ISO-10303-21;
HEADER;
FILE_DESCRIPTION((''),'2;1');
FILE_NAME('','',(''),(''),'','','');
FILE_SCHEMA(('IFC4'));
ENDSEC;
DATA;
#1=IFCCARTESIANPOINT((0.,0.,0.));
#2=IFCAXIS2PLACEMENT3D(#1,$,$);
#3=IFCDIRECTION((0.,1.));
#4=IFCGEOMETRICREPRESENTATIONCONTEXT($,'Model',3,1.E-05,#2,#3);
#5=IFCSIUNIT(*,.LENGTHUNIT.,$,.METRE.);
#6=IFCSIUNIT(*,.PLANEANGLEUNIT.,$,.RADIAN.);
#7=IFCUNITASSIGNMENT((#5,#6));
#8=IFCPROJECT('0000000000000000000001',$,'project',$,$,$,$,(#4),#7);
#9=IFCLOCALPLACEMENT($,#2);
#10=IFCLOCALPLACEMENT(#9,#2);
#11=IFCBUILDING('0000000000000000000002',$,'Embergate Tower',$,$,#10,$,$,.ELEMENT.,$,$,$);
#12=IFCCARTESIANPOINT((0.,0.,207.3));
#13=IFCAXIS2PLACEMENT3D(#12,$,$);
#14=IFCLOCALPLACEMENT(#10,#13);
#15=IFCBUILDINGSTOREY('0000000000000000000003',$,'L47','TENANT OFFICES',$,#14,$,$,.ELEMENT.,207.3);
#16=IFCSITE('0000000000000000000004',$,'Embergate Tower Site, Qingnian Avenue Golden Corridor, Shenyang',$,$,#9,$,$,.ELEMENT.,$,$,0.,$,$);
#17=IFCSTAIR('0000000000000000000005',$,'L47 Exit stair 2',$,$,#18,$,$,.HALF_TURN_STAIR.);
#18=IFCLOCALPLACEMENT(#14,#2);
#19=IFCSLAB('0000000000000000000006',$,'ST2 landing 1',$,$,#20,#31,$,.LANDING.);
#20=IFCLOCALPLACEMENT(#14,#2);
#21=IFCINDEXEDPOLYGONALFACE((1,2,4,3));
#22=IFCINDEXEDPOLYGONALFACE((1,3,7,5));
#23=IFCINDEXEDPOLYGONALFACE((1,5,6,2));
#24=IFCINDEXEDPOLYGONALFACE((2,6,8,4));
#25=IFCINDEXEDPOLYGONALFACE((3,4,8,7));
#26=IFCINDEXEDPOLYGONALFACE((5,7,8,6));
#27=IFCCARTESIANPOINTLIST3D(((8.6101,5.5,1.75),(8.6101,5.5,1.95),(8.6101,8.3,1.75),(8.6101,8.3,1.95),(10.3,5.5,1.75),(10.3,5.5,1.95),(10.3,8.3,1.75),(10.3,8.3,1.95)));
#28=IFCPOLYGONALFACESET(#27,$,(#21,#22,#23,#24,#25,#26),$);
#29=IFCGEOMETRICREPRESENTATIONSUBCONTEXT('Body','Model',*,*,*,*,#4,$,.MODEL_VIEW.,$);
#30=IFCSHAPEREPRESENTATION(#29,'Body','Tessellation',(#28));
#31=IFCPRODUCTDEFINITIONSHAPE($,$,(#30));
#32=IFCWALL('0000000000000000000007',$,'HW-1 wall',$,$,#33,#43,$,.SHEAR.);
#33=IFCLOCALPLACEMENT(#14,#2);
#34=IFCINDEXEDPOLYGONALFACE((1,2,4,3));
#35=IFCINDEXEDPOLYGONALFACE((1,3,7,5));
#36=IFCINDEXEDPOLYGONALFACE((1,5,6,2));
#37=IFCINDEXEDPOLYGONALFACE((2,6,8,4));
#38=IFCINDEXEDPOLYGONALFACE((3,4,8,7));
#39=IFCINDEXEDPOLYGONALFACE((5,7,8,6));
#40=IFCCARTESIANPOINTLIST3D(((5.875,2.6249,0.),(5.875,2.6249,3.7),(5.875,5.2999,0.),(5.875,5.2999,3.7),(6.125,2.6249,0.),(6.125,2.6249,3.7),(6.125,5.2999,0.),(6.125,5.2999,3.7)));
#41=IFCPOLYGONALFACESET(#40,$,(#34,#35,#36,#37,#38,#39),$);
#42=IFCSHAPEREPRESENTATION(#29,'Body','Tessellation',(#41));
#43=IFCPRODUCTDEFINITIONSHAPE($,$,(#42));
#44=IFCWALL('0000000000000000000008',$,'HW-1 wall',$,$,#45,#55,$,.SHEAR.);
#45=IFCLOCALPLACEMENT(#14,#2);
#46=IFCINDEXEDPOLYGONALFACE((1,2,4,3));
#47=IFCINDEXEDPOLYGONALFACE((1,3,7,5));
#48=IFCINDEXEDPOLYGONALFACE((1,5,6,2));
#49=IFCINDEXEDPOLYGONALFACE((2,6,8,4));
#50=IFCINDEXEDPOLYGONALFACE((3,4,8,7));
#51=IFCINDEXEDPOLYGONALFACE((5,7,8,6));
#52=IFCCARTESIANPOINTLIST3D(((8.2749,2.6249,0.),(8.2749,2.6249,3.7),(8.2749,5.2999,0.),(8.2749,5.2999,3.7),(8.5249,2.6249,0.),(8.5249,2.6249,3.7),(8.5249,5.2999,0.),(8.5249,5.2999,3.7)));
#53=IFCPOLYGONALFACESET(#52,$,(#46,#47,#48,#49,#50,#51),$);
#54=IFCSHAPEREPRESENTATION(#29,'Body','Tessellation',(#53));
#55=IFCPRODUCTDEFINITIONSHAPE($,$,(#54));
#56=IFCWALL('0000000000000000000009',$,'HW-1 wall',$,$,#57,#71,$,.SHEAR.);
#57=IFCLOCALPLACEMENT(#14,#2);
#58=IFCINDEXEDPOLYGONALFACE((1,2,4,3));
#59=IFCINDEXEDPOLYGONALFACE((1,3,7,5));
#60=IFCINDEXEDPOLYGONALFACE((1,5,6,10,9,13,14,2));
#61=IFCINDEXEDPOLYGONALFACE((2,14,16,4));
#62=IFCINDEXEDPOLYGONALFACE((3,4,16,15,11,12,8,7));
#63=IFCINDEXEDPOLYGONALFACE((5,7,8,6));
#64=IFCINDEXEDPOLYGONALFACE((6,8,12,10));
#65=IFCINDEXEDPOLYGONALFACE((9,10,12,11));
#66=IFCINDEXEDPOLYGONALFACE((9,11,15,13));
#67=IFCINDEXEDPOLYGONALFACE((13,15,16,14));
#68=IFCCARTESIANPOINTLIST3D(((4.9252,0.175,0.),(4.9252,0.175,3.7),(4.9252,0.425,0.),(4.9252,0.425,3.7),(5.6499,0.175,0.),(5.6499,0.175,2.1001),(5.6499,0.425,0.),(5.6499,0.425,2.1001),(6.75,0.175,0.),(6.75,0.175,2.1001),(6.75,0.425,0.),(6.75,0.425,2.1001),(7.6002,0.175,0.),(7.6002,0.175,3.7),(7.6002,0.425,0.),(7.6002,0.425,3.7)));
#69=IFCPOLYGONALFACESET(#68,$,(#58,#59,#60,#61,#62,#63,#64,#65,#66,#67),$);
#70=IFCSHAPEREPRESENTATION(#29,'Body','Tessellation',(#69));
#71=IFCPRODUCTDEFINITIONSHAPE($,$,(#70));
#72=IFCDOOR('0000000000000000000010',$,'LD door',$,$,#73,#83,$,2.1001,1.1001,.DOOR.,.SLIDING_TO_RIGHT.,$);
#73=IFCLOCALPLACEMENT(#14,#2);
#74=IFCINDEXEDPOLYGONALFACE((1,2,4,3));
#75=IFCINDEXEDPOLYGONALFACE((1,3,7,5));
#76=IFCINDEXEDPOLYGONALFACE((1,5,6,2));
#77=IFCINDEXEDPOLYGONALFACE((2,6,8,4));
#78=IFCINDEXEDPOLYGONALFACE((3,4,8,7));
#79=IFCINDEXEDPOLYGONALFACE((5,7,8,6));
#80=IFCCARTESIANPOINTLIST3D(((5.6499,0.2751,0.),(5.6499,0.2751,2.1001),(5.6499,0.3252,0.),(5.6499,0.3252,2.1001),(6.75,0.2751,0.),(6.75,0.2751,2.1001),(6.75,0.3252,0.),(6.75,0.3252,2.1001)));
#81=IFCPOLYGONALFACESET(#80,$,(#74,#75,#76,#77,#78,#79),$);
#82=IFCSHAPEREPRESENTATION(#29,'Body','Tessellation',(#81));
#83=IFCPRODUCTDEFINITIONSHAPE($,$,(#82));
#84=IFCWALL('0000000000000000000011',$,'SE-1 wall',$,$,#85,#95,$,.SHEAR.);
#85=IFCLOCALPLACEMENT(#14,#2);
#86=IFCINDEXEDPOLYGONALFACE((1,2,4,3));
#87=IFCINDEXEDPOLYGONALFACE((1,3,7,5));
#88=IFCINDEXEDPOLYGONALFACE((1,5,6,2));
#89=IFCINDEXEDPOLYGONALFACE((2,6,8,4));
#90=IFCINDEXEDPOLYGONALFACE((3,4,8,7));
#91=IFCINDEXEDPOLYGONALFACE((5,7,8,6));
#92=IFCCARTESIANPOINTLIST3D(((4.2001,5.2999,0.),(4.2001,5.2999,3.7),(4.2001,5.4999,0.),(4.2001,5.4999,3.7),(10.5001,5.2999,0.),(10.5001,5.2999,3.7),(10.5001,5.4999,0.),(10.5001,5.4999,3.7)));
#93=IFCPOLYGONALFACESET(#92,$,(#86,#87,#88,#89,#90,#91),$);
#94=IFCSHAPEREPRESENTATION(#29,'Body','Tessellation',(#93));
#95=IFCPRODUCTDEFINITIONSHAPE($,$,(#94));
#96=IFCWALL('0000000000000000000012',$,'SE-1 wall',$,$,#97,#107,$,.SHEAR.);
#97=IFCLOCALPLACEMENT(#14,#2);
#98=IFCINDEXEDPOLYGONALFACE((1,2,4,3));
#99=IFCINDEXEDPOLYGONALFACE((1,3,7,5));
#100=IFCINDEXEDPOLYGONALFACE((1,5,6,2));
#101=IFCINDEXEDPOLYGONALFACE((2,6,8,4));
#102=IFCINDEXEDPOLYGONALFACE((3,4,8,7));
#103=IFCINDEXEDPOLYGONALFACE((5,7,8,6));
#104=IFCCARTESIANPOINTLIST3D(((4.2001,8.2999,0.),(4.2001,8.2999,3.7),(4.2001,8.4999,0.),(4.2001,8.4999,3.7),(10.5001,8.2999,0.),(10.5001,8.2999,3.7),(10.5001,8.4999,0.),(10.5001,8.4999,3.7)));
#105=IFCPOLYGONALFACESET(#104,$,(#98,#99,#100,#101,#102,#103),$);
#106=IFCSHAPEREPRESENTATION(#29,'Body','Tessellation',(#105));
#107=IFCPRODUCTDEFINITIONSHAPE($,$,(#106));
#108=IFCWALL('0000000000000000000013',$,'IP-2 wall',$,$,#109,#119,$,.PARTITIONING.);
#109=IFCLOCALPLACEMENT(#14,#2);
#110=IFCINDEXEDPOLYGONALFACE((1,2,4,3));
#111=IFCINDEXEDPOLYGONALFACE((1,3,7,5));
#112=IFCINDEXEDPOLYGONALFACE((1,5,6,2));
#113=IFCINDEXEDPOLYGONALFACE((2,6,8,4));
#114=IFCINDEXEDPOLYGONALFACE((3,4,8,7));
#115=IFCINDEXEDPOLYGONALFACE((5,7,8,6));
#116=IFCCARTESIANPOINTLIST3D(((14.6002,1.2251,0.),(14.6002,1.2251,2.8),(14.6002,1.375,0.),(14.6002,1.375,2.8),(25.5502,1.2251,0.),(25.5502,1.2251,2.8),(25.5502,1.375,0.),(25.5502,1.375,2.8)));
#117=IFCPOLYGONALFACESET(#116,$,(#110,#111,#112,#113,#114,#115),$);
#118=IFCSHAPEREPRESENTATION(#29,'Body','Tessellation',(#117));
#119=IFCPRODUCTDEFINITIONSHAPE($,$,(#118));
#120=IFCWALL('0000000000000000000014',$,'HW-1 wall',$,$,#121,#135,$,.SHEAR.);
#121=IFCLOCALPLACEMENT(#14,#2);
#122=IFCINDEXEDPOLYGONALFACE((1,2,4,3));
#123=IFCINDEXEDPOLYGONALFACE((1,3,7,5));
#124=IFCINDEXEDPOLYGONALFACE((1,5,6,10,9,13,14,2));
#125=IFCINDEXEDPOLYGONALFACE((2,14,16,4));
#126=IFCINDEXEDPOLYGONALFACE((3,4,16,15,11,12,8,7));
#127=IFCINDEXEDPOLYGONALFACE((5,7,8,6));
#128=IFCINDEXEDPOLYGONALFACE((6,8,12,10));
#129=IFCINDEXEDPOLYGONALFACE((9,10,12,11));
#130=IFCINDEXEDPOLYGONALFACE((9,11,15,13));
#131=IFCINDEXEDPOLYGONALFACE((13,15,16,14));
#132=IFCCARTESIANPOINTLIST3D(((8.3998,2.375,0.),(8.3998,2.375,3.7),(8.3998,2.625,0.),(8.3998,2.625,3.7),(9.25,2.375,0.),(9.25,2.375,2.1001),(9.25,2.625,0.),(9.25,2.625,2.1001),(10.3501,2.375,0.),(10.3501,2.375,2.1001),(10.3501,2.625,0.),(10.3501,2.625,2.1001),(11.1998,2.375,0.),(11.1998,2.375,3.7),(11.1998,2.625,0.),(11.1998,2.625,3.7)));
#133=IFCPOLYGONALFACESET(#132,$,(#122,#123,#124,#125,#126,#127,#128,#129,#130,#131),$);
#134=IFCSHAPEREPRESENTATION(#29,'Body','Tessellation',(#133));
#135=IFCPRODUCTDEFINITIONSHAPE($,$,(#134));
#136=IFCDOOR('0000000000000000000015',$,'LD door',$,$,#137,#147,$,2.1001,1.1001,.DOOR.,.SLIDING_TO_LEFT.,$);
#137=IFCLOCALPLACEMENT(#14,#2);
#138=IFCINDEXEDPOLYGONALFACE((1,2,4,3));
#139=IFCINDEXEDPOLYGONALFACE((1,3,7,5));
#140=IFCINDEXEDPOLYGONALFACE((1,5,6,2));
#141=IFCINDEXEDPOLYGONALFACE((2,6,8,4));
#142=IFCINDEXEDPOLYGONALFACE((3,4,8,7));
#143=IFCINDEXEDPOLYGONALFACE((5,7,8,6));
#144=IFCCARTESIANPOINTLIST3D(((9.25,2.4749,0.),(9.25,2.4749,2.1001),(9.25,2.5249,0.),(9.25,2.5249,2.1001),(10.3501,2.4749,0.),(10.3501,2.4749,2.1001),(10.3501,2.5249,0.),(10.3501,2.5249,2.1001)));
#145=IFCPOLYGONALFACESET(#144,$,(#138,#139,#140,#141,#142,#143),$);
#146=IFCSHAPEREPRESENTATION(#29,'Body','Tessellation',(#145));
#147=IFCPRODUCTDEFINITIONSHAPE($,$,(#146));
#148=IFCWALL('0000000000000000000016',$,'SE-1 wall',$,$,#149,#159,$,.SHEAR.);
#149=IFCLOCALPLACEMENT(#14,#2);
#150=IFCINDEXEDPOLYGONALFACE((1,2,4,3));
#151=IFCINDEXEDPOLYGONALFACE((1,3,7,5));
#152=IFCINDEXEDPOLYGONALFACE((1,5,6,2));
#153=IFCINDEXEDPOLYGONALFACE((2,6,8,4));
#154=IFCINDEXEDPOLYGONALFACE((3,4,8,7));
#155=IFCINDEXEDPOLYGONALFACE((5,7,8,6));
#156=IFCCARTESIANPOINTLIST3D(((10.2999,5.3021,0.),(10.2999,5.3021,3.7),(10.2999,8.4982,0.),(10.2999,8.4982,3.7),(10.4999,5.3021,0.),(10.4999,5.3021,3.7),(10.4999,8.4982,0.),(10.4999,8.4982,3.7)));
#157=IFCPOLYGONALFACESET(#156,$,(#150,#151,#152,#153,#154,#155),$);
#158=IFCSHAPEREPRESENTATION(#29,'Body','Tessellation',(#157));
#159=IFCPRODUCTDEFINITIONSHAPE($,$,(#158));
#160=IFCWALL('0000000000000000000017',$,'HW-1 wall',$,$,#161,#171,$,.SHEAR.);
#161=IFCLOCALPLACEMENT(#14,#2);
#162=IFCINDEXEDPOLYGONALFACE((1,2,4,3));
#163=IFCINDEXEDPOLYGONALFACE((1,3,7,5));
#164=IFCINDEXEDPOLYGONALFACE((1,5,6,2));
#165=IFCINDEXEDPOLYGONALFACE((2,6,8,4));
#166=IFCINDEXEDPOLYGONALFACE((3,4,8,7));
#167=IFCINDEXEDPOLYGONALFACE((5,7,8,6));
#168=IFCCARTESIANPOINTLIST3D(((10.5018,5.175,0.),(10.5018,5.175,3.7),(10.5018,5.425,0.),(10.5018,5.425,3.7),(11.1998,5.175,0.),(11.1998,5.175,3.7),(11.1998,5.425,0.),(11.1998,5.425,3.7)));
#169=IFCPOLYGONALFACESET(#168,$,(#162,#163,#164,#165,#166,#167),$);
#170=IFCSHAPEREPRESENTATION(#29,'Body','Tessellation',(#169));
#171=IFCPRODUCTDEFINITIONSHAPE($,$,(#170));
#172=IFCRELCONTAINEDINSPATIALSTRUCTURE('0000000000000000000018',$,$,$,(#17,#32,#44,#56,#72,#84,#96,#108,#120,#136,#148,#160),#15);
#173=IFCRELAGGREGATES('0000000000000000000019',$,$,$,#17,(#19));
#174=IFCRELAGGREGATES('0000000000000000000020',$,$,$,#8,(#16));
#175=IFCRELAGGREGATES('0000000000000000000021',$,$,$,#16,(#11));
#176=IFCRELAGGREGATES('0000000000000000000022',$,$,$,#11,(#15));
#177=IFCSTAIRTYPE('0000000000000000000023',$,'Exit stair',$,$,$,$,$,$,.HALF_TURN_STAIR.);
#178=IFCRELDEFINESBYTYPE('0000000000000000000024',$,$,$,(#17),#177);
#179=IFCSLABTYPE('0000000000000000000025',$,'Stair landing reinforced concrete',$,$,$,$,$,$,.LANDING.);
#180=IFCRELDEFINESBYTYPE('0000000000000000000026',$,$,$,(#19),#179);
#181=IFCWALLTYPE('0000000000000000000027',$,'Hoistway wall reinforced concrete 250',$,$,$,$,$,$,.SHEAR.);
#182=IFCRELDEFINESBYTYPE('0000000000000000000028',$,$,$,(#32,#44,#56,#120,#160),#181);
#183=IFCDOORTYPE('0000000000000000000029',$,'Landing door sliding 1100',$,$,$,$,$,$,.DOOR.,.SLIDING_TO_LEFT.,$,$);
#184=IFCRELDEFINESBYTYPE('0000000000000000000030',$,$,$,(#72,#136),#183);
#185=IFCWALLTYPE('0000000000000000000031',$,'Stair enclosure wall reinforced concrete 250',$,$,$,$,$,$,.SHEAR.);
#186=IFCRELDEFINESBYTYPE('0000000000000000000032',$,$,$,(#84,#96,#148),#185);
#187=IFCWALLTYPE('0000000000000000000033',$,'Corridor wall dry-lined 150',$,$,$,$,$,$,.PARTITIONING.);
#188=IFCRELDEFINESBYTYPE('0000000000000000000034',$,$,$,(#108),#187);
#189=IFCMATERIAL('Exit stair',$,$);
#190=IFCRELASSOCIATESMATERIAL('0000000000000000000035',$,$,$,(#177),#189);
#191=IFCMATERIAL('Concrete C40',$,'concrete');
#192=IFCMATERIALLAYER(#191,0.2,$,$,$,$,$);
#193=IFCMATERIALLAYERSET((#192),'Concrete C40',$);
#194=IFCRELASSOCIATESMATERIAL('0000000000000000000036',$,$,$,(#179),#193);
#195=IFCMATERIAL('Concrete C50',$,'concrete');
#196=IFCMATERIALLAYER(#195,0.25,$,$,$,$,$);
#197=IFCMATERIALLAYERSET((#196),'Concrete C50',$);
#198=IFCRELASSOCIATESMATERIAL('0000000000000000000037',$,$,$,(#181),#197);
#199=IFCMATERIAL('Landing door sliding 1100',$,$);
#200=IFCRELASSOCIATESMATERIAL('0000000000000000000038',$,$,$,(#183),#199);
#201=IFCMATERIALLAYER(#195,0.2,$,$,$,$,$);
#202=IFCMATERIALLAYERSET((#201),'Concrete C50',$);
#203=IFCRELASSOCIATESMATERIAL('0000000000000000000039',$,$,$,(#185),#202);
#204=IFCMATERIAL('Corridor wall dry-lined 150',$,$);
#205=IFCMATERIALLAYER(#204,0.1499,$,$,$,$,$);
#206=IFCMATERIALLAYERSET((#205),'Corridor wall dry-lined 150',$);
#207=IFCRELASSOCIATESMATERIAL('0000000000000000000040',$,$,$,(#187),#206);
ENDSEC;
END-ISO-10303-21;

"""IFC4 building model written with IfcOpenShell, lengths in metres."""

from ifc_helpers import new_model, si_unit, direction, frame, frame_2d, origin, place, context, subcontext, project, spatial, polyline, rectangle, outline, extrude, source, transform, mapped, material, layer, layer_set, type_object, element, fill, aggregate, save


model = new_model("IFC4")

# Units and contexts
model_context = context("Model", 3, precision=1e-05, world=origin(), true_north=direction((0.0, 1.0)))
body_context = subcontext(model_context, "Body", "Model", "MODEL_VIEW")
ifc_project = project(units=[si_unit("LENGTHUNIT", "METRE"), si_unit("PLANEANGLEUNIT", "RADIAN")], contexts=[model_context])

# Site, building, storey
site_placement = place(None, origin())
site = spatial("IfcSite", under=ifc_project, at=site_placement, Name="Embergate Tower Site, Qingnian Avenue Golden Corridor, Shenyang", CompositionType="ELEMENT", RefElevation=0.0)
building_placement = place(site_placement, origin())
building = spatial("IfcBuilding", under=site, at=building_placement, Name="Embergate Tower", CompositionType="ELEMENT")
storey_placement = place(building_placement, frame((0.0, 0.0, 207.3)))
storey = spatial("IfcBuildingStorey", under=building, at=storey_placement, Name="L47", Description="TENANT OFFICES", CompositionType="ELEMENT", Elevation=207.3)

# Stair, slab
ifc_material_1 = material(Name="Exit stair")
stair_type = type_object("IfcStairType", Name="Exit stair", PredefinedType="HALF_TURN_STAIR", material=ifc_material_1)
stair_placement = place(storey_placement, origin())
stair = element("IfcStair", 1, at=stair_placement, inside=storey, type_object=stair_type, Name="L47 Exit stair 2", PredefinedType="HALF_TURN_STAIR")
ifc_material_2 = material(Name="Concrete C40", Category="concrete")
ifc_layer_1 = layer(ifc_material_2, 0.2)
ifc_layer_set_1 = layer_set([ifc_layer_1], Name="Concrete C40")
slab_type = type_object("IfcSlabType", Name="Stair landing reinforced concrete", PredefinedType="LANDING", material=ifc_layer_set_1)
shared_shape_1 = source(origin(), body_context, "Body", "SweptSolid", [
    extrude(outline(polyline([(0.0, 0.0), (1.6899, 0.0), (1.6899, 2.8), (0.0, 2.8), (0.0, 0.0)])), origin(), (0.0, 0.0, 1.0), 0.2),
])
slab_placement = place(storey_placement, frame((8.6101, 5.5, 1.75)))
slab = element("IfcSlab", 2, at=slab_placement, type_object=slab_type, Name="ST2 landing 1", PredefinedType="LANDING", context=body_context, shape_type="MappedRepresentation", body=[
    mapped(shared_shape_1, transform((0.0, 0.0, 0.0))),
])

# Walls
ifc_material_3 = material(Name="Concrete C50", Category="concrete")
ifc_layer_2 = layer(ifc_material_3, 0.25)
ifc_layer_set_2 = layer_set([ifc_layer_2], Name="Concrete C50")
wall_type_1 = type_object("IfcWallType", Name="Hoistway wall reinforced concrete 250", PredefinedType="SHEAR", material=ifc_layer_set_2)
shared_shape_2 = source(origin(), body_context, "Body", "SweptSolid", [
    extrude(rectangle(XDim=2.675, YDim=0.25, at=frame_2d((1.3374, 0.0))), origin(), (0.0, 0.0, 1.0), 3.7),
])
for number, where, z_axis, x_axis, name in (
    (3, (6.0, 2.625, 0.0), (0.0, 0.0, 1.0), (0.0, 1.0, 0.0), "HW-1 wall"),
    (4, (8.3999, 2.625, 0.0), (0.0, 0.0, 1.0), (0.0, 1.0, 0.0), "HW-1 wall"),
):
    element("IfcWall", number, at=place(storey_placement, frame(where, z_axis=z_axis, x_axis=x_axis)), inside=storey, type_object=wall_type_1, Name=name, PredefinedType="SHEAR", context=body_context, shape_type="MappedRepresentation", body=[
        mapped(shared_shape_2, transform((0.0, 0.0, 0.0))),
    ])

# Wall, opening, door
wall_1_placement = place(storey_placement, frame((7.6001, 0.3, 0.0), z_axis=(0.0, 0.0, 1.0), x_axis=(-1.0, 0.0, 0.0)))
wall_1 = element("IfcWall", 5, at=wall_1_placement, inside=storey, type_object=wall_type_1, Name="HW-1 wall", PredefinedType="SHEAR", context=body_context, shape_type="MappedRepresentation", body=[
    mapped(shared_shape_2, transform((0.0, 0.0, 0.0))),
])
shared_shape_3 = source(origin(), body_context, "Body", "SweptSolid", [
    extrude(rectangle(XDim=1.1001, YDim=2.1001, at=frame_2d((0.55, 1.05))), frame((0.0, 0.135, 0.0), z_axis=(0.0, -1.0, 0.0), x_axis=(1.0, 0.0, 0.0)), (0.0, 0.0, 1.0), 0.27),
])
opening_1_placement = place(wall_1_placement, frame((0.8501, 0.0, 0.0)))
opening_1 = element("IfcOpeningElement", 6, at=opening_1_placement, cuts=wall_1, PredefinedType="OPENING", context=body_context, shape_type="MappedRepresentation", body=[
    mapped(shared_shape_3, transform((0.0, 0.0, 0.0))),
])
ifc_material_4 = material(Name="Landing door sliding 1100")
door_type = type_object("IfcDoorType", Name="Landing door sliding 1100", OperationType="SLIDING_TO_LEFT", PredefinedType="DOOR", material=ifc_material_4)
shared_shape_4 = source(origin(), body_context, "Body", "SweptSolid", [
    extrude(rectangle(XDim=1.1001, YDim=2.1001, at=frame_2d((0.55, 1.05))), frame((0.0, 0.0249, 0.0), z_axis=(0.0, -1.0, 0.0), x_axis=(1.0, 0.0, 0.0)), (0.0, 0.0, 1.0), 0.05),
])
door_1_placement = place(opening_1_placement, origin())
door_1 = element("IfcDoor", 7, at=door_1_placement, inside=storey, type_object=door_type, Name="LD door", OperationType="SLIDING_TO_RIGHT", OverallHeight=2.1001, OverallWidth=1.1001, PredefinedType="DOOR", context=body_context, shape_type="MappedRepresentation", body=[
    mapped(shared_shape_4, transform((0.0, 0.0, 0.0))),
])
fill(opening_1, door_1)

# Walls
ifc_layer_3 = layer(ifc_material_3, 0.2)
ifc_layer_set_3 = layer_set([ifc_layer_3], Name="Concrete C50")
wall_type_2 = type_object("IfcWallType", Name="Stair enclosure wall reinforced concrete 250", PredefinedType="SHEAR", material=ifc_layer_set_3)
shared_shape_5 = source(origin(), body_context, "Body", "SweptSolid", [
    extrude(rectangle(XDim=6.3, YDim=0.2, at=frame_2d((3.1499, 0.0))), origin(), (0.0, 0.0, 1.0), 3.7),
])
for number, where, z_axis, x_axis, name in (
    (8, (10.5, 5.3999, 0.0), (0.0, 0.0, 1.0), (-1.0, 0.0, 0.0), "SE-1 wall"),
    (9, (10.5, 8.3999, 0.0), (0.0, 0.0, 1.0), (-1.0, 0.0, 0.0), "SE-1 wall"),
):
    element("IfcWall", number, at=place(storey_placement, frame(where, z_axis=z_axis, x_axis=x_axis)), inside=storey, type_object=wall_type_2, Name=name, PredefinedType="SHEAR", context=body_context, shape_type="MappedRepresentation", body=[
        mapped(shared_shape_5, transform((0.0, 0.0, 0.0))),
    ])
ifc_material_5 = material(Name="Corridor wall dry-lined 150")
ifc_layer_4 = layer(ifc_material_5, 0.1499)
ifc_layer_set_4 = layer_set([ifc_layer_4], Name="Corridor wall dry-lined 150")
wall_type_3 = type_object("IfcWallType", Name="Corridor wall dry-lined 150", PredefinedType="PARTITIONING", material=ifc_layer_set_4)
shared_shape_6 = source(origin(), body_context, "Body", "SweptSolid", [
    extrude(rectangle(XDim=10.95, YDim=0.1499, at=frame_2d((5.4751, 0.0))), origin(), (0.0, 0.0, 1.0), 2.8),
])
wall_2_placement = place(storey_placement, frame((14.6001, 1.3, 0.0), z_axis=(0.0, 0.0, 1.0), x_axis=(1.0, 0.0, 0.0)))
element("IfcWall", 10, at=wall_2_placement, inside=storey, type_object=wall_type_3, Name="IP-2 wall", PredefinedType="PARTITIONING", context=body_context, shape_type="MappedRepresentation", body=[
    mapped(shared_shape_6, transform((0.0, 0.0, 0.0))),
])

# Wall, opening, door
shared_shape_7 = source(origin(), body_context, "Body", "SweptSolid", [
    extrude(rectangle(XDim=2.8, YDim=0.25, at=frame_2d((1.3999, 0.0))), origin(), (0.0, 0.0, 1.0), 3.7),
])
wall_3_placement = place(storey_placement, frame((8.3999, 2.5, 0.0), z_axis=(0.0, 0.0, 1.0), x_axis=(1.0, 0.0, 0.0)))
wall_3 = element("IfcWall", 11, at=wall_3_placement, inside=storey, type_object=wall_type_1, Name="HW-1 wall", PredefinedType="SHEAR", context=body_context, shape_type="MappedRepresentation", body=[
    mapped(shared_shape_7, transform((0.0, 0.0, 0.0))),
])
opening_2_placement = place(wall_3_placement, frame((0.8501, 0.0, 0.0)))
opening_2 = element("IfcOpeningElement", 12, at=opening_2_placement, cuts=wall_3, PredefinedType="OPENING", context=body_context, shape_type="MappedRepresentation", body=[
    mapped(shared_shape_3, transform((0.0, 0.0, 0.0))),
])
door_2_placement = place(opening_2_placement, origin())
door_2 = element("IfcDoor", 13, at=door_2_placement, inside=storey, type_object=door_type, Name="LD door", OperationType="SLIDING_TO_LEFT", OverallHeight=2.1001, OverallWidth=1.1001, PredefinedType="DOOR", context=body_context, shape_type="MappedRepresentation", body=[
    mapped(shared_shape_4, transform((0.0, 0.0, 0.0))),
])
fill(opening_2, door_2)

# Walls
shared_shape_8 = source(origin(), body_context, "Body", "SweptSolid", [
    extrude(rectangle(XDim=3.196, YDim=0.2, at=frame_2d((1.5981, 0.0))), origin(), (0.0, 0.0, 1.0), 3.7),
])
wall_4_placement = place(storey_placement, frame((10.3999, 5.302, 0.0), z_axis=(0.0, 0.0, 1.0), x_axis=(0.0, 1.0, 0.0)))
element("IfcWall", 14, at=wall_4_placement, inside=storey, type_object=wall_type_2, Name="SE-1 wall", PredefinedType="SHEAR", context=body_context, shape_type="MappedRepresentation", body=[
    mapped(shared_shape_8, transform((0.0, 0.0, 0.0))),
])
shared_shape_9 = source(origin(), body_context, "Body", "SweptSolid", [
    extrude(rectangle(XDim=0.698, YDim=0.25, at=frame_2d((0.3491, 0.0))), origin(), (0.0, 0.0, 1.0), 3.7),
])
wall_5_placement = place(storey_placement, frame((11.2, 5.3, 0.0), z_axis=(0.0, 0.0, 1.0), x_axis=(-1.0, 0.0, 0.0)))
element("IfcWall", 15, at=wall_5_placement, inside=storey, type_object=wall_type_1, Name="HW-1 wall", PredefinedType="SHEAR", context=body_context, shape_type="MappedRepresentation", body=[
    mapped(shared_shape_9, transform((0.0, 0.0, 0.0))),
])

aggregate(stair, [slab])

save(model, "model.ifc")
